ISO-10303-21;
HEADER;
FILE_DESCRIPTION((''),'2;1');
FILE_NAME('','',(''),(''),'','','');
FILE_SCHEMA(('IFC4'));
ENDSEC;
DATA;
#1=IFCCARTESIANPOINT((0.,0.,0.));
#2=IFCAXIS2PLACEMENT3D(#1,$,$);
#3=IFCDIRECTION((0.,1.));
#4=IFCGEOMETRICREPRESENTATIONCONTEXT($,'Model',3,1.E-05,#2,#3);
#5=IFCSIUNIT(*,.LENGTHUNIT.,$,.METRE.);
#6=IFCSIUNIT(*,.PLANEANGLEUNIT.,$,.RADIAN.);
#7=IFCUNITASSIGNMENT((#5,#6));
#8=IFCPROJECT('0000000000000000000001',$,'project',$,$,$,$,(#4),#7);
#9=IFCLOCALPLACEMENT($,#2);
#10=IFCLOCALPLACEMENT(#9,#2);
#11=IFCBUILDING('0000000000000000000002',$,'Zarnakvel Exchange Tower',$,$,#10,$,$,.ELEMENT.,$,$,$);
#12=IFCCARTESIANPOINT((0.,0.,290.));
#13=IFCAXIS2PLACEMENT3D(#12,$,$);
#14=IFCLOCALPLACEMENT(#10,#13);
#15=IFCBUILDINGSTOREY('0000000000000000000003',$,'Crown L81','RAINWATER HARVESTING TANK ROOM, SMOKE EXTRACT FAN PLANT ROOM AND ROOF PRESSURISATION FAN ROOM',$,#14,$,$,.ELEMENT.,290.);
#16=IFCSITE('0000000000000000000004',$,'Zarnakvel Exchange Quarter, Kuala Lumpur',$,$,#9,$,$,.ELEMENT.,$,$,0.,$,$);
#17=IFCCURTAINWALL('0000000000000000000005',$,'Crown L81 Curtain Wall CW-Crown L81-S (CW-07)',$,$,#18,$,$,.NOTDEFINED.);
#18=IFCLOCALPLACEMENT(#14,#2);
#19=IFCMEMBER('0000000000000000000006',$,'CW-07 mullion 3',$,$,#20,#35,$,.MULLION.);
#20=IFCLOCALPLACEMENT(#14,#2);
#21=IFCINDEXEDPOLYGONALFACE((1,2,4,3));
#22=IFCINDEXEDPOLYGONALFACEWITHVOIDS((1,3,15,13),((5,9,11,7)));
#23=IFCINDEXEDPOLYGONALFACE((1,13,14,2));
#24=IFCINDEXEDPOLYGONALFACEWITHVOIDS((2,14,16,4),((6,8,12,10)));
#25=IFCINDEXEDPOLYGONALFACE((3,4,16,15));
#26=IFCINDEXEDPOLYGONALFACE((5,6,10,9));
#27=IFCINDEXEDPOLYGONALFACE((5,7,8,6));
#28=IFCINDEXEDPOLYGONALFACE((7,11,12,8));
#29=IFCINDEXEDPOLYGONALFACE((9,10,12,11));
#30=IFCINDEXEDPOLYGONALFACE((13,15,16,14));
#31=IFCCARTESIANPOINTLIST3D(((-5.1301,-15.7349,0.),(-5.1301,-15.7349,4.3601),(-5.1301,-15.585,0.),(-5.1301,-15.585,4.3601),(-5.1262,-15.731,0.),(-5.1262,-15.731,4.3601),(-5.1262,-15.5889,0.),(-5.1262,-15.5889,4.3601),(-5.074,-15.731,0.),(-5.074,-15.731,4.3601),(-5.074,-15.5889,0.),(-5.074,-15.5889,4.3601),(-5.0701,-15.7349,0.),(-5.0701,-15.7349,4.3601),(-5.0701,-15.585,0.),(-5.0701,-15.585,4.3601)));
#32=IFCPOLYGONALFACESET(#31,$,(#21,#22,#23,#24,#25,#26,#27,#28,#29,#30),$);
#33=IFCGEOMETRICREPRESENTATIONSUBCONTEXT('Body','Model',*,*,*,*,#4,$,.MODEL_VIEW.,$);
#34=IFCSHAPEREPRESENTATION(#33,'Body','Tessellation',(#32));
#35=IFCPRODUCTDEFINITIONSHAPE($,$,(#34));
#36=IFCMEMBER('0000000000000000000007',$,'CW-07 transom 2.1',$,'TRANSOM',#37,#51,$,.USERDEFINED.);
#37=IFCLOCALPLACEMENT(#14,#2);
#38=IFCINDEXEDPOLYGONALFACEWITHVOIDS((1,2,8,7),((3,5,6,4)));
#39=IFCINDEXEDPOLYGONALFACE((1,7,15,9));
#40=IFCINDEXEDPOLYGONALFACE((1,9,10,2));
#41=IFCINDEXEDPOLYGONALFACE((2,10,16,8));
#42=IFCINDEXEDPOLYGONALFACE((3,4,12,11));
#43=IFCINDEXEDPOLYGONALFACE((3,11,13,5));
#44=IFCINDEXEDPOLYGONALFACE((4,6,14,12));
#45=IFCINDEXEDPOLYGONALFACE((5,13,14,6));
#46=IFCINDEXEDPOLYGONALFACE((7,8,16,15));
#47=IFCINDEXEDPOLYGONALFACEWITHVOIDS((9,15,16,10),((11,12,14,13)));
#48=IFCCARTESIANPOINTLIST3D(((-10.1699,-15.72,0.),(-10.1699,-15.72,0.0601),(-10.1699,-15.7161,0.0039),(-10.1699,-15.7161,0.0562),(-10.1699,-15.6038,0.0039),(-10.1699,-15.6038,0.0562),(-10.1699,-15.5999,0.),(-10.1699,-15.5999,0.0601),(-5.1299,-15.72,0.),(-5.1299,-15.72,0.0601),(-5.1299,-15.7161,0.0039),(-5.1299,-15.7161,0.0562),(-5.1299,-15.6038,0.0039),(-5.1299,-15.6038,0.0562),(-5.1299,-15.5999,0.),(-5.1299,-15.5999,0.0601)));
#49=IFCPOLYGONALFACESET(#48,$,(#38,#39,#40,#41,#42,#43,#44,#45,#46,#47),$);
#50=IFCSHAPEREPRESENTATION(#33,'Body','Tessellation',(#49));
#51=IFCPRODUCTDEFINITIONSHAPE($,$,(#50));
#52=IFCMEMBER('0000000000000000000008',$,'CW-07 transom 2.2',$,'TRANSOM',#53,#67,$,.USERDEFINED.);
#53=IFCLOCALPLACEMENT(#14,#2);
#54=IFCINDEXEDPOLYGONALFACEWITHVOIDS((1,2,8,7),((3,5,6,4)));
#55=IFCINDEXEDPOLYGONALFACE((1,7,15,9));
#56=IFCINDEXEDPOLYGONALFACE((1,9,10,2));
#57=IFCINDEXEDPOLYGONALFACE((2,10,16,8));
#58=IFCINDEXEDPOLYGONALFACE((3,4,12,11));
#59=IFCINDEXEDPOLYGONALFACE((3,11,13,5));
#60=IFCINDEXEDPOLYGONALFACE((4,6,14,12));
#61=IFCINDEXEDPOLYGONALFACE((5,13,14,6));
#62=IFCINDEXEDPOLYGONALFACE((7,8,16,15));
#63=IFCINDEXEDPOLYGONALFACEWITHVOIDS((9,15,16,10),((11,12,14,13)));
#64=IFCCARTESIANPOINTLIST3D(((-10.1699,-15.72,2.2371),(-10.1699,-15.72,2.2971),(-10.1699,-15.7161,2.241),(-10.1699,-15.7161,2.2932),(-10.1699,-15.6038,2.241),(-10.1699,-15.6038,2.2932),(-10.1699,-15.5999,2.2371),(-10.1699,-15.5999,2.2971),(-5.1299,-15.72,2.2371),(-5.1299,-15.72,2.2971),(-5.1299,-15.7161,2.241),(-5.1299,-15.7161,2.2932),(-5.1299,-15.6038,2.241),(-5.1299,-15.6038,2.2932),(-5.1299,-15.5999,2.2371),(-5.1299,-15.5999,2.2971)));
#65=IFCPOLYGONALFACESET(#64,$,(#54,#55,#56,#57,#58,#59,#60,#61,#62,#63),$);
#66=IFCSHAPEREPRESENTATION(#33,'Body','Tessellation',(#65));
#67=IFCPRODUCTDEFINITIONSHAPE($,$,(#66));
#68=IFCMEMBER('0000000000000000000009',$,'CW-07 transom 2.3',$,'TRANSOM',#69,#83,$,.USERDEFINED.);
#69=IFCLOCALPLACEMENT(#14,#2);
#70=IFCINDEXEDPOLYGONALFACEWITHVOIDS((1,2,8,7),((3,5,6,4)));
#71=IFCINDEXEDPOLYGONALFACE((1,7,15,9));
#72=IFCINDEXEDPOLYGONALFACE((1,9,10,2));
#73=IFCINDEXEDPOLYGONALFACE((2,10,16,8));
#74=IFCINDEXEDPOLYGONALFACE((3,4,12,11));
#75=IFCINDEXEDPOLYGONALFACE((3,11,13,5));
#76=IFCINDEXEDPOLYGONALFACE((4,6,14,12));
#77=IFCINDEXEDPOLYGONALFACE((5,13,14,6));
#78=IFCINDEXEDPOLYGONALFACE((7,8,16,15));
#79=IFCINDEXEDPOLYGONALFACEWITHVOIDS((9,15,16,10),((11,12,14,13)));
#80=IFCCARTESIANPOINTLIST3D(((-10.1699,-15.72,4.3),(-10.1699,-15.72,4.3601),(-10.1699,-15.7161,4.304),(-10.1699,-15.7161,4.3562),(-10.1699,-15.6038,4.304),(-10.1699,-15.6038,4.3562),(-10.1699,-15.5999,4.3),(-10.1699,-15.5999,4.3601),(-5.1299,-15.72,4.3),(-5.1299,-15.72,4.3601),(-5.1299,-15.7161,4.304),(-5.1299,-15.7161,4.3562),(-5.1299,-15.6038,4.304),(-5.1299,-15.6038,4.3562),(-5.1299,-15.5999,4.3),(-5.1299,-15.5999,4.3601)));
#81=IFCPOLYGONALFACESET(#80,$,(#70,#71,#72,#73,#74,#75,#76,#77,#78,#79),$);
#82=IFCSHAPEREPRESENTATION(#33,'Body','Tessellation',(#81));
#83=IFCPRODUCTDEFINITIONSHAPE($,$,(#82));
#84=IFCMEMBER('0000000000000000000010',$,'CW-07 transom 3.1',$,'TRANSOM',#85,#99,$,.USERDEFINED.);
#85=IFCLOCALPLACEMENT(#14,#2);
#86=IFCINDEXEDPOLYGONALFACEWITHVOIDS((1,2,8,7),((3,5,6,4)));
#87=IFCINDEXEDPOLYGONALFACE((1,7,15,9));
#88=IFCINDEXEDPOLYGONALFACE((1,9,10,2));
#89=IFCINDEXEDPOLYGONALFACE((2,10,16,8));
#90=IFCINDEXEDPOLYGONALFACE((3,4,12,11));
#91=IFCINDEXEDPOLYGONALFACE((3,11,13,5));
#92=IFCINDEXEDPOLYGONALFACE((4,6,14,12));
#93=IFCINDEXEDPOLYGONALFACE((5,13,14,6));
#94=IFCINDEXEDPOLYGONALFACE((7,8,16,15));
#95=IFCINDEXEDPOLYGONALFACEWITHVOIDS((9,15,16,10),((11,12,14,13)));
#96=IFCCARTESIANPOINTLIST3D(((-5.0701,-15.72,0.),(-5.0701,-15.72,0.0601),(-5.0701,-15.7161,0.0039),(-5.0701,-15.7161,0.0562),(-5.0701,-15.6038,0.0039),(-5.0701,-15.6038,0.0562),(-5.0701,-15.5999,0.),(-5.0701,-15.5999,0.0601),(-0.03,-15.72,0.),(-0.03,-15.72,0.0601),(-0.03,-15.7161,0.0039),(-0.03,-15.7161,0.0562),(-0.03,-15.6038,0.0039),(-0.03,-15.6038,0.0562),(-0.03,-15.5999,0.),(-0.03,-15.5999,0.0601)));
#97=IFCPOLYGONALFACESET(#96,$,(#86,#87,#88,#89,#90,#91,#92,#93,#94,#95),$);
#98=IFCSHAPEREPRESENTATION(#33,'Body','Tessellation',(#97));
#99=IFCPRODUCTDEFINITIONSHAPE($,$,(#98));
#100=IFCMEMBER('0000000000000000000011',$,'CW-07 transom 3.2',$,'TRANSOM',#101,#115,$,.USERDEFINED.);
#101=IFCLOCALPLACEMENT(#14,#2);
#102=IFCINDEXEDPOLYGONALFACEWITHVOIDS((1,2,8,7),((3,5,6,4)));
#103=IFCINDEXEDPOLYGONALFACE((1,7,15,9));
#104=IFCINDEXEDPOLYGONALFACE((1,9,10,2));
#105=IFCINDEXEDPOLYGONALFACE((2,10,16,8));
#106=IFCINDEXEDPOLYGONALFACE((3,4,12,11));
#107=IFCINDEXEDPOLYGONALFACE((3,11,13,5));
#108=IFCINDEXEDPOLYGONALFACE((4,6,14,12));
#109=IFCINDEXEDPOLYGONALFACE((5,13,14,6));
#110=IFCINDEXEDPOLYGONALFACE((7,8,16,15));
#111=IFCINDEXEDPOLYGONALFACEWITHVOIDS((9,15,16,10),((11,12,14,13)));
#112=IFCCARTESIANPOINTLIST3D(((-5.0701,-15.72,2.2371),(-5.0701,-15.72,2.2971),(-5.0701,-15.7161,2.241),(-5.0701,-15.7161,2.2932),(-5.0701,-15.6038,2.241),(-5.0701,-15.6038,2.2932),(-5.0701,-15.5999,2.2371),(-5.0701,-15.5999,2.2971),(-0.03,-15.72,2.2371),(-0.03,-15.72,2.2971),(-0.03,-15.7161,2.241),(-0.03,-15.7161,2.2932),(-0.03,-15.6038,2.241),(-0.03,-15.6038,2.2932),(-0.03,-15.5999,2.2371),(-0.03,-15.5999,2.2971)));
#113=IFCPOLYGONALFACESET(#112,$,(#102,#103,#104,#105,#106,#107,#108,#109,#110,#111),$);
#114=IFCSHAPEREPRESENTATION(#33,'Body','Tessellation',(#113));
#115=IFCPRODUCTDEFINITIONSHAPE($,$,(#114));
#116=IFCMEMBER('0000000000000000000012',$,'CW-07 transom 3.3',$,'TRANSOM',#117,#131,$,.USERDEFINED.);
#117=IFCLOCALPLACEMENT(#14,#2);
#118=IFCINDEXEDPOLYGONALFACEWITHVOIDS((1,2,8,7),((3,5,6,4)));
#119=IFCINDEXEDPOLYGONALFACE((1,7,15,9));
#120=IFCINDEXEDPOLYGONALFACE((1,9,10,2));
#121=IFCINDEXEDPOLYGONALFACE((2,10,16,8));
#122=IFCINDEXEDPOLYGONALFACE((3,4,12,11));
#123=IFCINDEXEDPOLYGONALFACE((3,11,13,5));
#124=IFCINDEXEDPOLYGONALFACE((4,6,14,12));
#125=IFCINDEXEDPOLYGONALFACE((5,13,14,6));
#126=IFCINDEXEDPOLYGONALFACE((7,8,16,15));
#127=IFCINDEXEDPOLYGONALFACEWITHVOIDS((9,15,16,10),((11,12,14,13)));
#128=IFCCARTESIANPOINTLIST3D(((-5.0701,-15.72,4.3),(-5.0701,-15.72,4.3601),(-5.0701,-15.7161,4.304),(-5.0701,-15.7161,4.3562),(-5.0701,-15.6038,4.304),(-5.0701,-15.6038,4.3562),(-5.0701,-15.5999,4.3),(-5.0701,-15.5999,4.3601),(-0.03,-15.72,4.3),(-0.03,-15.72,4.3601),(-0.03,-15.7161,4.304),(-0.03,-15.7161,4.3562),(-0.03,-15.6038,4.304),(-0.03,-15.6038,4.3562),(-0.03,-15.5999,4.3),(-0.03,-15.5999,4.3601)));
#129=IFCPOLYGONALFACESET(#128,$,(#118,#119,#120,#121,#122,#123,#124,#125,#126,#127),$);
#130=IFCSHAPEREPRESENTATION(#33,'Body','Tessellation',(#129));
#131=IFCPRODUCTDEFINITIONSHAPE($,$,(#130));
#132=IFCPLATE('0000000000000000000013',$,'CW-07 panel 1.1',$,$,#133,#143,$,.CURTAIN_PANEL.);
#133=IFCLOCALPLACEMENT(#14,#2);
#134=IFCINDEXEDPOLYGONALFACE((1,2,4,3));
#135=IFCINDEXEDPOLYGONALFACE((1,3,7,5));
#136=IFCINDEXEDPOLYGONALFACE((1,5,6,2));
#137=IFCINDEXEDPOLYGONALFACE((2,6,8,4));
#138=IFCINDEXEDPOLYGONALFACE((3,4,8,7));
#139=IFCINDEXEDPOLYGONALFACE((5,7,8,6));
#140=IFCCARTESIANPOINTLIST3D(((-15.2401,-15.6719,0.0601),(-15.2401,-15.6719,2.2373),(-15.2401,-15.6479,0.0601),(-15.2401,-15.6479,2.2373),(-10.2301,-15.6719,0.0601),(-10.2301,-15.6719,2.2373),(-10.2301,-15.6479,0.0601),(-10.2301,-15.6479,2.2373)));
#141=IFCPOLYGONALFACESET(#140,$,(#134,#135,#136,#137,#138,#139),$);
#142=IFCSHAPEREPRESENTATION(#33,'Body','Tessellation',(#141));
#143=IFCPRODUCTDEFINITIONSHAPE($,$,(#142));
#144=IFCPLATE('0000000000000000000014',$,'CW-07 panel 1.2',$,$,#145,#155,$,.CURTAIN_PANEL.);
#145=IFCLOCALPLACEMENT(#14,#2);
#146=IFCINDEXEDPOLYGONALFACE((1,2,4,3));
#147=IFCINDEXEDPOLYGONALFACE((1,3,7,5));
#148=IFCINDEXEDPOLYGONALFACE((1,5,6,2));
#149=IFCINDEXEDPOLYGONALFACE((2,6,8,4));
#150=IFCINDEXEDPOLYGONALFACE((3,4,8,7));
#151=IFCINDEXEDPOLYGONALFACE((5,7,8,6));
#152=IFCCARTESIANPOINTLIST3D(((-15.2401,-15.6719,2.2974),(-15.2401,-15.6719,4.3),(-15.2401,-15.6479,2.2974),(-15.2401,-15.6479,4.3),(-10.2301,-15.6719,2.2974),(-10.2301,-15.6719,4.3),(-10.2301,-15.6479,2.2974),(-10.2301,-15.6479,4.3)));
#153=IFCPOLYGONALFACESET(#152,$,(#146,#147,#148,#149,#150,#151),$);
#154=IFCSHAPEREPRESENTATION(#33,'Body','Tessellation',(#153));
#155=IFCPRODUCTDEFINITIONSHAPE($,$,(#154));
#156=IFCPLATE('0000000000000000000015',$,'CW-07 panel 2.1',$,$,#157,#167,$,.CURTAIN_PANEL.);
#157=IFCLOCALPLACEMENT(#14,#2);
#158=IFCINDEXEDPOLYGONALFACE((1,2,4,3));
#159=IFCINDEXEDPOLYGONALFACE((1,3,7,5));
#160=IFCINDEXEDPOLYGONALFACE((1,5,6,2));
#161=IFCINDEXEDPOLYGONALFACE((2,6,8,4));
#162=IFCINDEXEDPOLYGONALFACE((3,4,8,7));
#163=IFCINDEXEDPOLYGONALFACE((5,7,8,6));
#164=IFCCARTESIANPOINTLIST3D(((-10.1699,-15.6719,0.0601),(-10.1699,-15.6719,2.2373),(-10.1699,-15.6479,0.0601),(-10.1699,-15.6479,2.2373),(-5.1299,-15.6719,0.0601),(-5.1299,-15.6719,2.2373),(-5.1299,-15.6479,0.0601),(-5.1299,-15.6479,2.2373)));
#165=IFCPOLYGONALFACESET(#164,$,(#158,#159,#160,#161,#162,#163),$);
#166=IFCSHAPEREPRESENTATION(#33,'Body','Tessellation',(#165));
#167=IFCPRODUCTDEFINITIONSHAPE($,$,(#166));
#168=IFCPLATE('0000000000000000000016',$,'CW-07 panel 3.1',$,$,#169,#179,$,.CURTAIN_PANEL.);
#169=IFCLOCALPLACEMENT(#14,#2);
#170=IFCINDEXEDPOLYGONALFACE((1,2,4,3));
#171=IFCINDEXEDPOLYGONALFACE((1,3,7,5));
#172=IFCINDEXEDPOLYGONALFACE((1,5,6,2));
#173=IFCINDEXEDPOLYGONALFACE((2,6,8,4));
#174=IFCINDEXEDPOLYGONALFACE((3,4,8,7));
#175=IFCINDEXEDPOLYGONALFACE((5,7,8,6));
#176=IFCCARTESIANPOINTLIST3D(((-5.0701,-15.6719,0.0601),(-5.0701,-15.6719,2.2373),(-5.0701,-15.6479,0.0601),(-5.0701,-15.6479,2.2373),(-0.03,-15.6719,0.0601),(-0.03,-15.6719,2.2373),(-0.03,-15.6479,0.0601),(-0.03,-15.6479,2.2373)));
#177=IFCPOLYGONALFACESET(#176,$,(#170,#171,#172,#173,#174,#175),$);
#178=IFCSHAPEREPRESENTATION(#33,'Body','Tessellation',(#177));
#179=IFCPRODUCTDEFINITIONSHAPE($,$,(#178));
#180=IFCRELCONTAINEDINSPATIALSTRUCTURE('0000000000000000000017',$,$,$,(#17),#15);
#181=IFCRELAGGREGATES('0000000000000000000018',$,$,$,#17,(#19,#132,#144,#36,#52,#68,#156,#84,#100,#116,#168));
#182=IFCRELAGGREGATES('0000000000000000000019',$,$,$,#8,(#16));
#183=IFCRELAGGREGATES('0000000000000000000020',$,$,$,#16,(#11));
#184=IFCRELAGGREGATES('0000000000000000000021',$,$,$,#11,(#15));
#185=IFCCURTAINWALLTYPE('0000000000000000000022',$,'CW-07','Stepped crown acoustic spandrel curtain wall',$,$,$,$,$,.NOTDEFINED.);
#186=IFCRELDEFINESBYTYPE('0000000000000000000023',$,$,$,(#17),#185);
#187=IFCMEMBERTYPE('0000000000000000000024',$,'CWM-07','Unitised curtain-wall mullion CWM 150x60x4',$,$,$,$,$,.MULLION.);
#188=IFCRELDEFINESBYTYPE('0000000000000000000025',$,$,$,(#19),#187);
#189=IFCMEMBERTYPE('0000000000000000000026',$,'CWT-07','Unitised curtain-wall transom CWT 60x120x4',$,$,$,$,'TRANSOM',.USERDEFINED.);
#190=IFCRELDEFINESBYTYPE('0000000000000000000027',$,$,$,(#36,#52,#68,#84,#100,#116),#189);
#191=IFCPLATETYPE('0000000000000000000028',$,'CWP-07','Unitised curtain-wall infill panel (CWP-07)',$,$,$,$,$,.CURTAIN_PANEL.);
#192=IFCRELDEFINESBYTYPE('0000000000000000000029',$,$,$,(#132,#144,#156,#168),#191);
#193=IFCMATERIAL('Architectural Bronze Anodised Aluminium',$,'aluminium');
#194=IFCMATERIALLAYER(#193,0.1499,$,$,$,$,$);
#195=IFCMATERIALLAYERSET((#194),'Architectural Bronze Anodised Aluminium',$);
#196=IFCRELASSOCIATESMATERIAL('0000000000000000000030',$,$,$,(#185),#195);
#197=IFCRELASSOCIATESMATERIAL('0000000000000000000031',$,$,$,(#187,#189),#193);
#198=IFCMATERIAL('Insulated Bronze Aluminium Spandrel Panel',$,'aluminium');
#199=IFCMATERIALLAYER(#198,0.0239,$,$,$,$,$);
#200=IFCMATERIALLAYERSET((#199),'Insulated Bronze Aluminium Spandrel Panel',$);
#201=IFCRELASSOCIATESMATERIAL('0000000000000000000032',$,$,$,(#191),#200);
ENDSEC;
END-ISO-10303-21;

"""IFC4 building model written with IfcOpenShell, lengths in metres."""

from ifc_helpers import new_model, si_unit, direction, frame, origin, origin_2d, place, context, subcontext, project, spatial, rectangle, hollow_rectangle, extrude, source, transform, mapped, material, layer, layer_set, material_profile, profile_set, type_object, element, aggregate, save


model = new_model("IFC4")

# Units and contexts
model_context = context("Model", 3, precision=1e-05, world=origin(), true_north=direction((0.0, 1.0)))
body_context = subcontext(model_context, "Body", "Model", "MODEL_VIEW")
ifc_project = project(units=[si_unit("LENGTHUNIT", "METRE"), si_unit("PLANEANGLEUNIT", "RADIAN")], contexts=[model_context])

# Site, building, storey
site_placement = place(None, origin())
site = spatial("IfcSite", under=ifc_project, at=site_placement, Name="Zarnakvel Exchange Quarter, Kuala Lumpur", CompositionType="ELEMENT", RefElevation=0.0)
building_placement = place(site_placement, origin())
building = spatial("IfcBuilding", under=site, at=building_placement, Name="Zarnakvel Exchange Tower", CompositionType="ELEMENT")
storey_placement = place(building_placement, frame((0.0, 0.0, 290.0)))
storey = spatial("IfcBuildingStorey", under=building, at=storey_placement, Name="Crown L81", Description="RAINWATER HARVESTING TANK ROOM, SMOKE EXTRACT FAN PLANT ROOM AND ROOF PRESSURISATION FAN ROOM", CompositionType="ELEMENT", Elevation=290.0)

# Curtain wall, members, plates
ifc_material_1 = material(Name="Architectural Bronze Anodised Aluminium", Category="aluminium")
ifc_layer_1 = layer(ifc_material_1, 0.1499)
ifc_layer_set_1 = layer_set([ifc_layer_1], Name="Architectural Bronze Anodised Aluminium")
curtain_wall_type = type_object("IfcCurtainWallType", Name="CW-07", Description="Stepped crown acoustic spandrel curtain wall", PredefinedType="NOTDEFINED", material=ifc_layer_set_1)
curtain_wall_placement = place(storey_placement, origin())
curtain_wall = element("IfcCurtainWall", 1, at=curtain_wall_placement, inside=storey, type_object=curtain_wall_type, Name="Crown L81 Curtain Wall CW-Crown L81-S (CW-07)", PredefinedType="NOTDEFINED")
ifc_material_profile_1 = material_profile(ifc_material_1, hollow_rectangle(XDim=0.1499, YDim=0.0601, WallThickness=0.0039, at=origin_2d()))
ifc_profile_set_1 = profile_set([ifc_material_profile_1], Name="Architectural Bronze Anodised Aluminium")
member_type_1 = type_object("IfcMemberType", Name="CWM-07", Description="Unitised curtain-wall mullion CWM 150x60x4", PredefinedType="MULLION", material=ifc_profile_set_1)
shared_shape_1 = source(origin(), body_context, "Body", "SweptSolid", [
    extrude(hollow_rectangle(XDim=0.1499, YDim=0.0601, WallThickness=0.0039, at=origin_2d()), origin(), (0.0, 0.0, 1.0), 4.3601),
])
member_1_placement = place(storey_placement, frame((-5.1001, -15.6599, 0.0), z_axis=(0.0, 0.0, 1.0), x_axis=(0.0, 1.0, 0.0)))
member_1 = element("IfcMember", 2, at=member_1_placement, type_object=member_type_1, Name="CW-07 mullion 3", PredefinedType="MULLION", context=body_context, shape_type="MappedRepresentation", body=[
    mapped(shared_shape_1, transform((0.0, 0.0, 0.0), x_axis=(1.0, 0.0, 0.0), y_axis=(0.0, 1.0, 0.0), z_axis=(0.0, 0.0, 1.0), scale=1.0)),
])
ifc_material_profile_2 = material_profile(ifc_material_1, hollow_rectangle(XDim=0.1201, YDim=0.0601, WallThickness=0.0039, at=origin_2d()))
ifc_profile_set_2 = profile_set([ifc_material_profile_2], Name="Architectural Bronze Anodised Aluminium")
member_type_2 = type_object("IfcMemberType", Name="CWT-07", Description="Unitised curtain-wall transom CWT 60x120x4", ElementType="TRANSOM", PredefinedType="USERDEFINED", material=ifc_profile_set_2)
shared_shape_2 = source(origin(), body_context, "Body", "SweptSolid", [
    extrude(hollow_rectangle(XDim=0.1201, YDim=0.0601, WallThickness=0.0039, at=origin_2d()), origin(), (0.0, 0.0, 1.0), 5.04),
])
member_2_placement = place(storey_placement, frame((-10.1699, -15.6599, 0.03), z_axis=(1.0, 0.0, 0.0), x_axis=(0.0, 1.0, 0.0)))
member_2 = element("IfcMember", 3, at=member_2_placement, type_object=member_type_2, Name="CW-07 transom 2.1", ObjectType="TRANSOM", PredefinedType="USERDEFINED", context=body_context, shape_type="MappedRepresentation", body=[
    mapped(shared_shape_2, transform((0.0, 0.0, 0.0), x_axis=(1.0, 0.0, 0.0), y_axis=(0.0, 1.0, 0.0), z_axis=(0.0, 0.0, 1.0), scale=1.0)),
])
member_3_placement = place(storey_placement, frame((-10.1699, -15.6599, 2.2671), z_axis=(1.0, 0.0, 0.0), x_axis=(0.0, 1.0, 0.0)))
member_3 = element("IfcMember", 4, at=member_3_placement, type_object=member_type_2, Name="CW-07 transom 2.2", ObjectType="TRANSOM", PredefinedType="USERDEFINED", context=body_context, shape_type="MappedRepresentation", body=[
    mapped(shared_shape_2, transform((0.0, 0.0, 0.0), x_axis=(1.0, 0.0, 0.0), y_axis=(0.0, 1.0, 0.0), z_axis=(0.0, 0.0, 1.0), scale=1.0)),
])
member_4_placement = place(storey_placement, frame((-10.1699, -15.6599, 4.3301), z_axis=(1.0, 0.0, 0.0), x_axis=(0.0, 1.0, 0.0)))
member_4 = element("IfcMember", 5, at=member_4_placement, type_object=member_type_2, Name="CW-07 transom 2.3", ObjectType="TRANSOM", PredefinedType="USERDEFINED", context=body_context, shape_type="MappedRepresentation", body=[
    mapped(shared_shape_2, transform((0.0, 0.0, 0.0), x_axis=(1.0, 0.0, 0.0), y_axis=(0.0, 1.0, 0.0), z_axis=(0.0, 0.0, 1.0), scale=1.0)),
])
member_5_placement = place(storey_placement, frame((-5.0701, -15.6599, 0.03), z_axis=(1.0, 0.0, 0.0), x_axis=(0.0, 1.0, 0.0)))
member_5 = element("IfcMember", 6, at=member_5_placement, type_object=member_type_2, Name="CW-07 transom 3.1", ObjectType="TRANSOM", PredefinedType="USERDEFINED", context=body_context, shape_type="MappedRepresentation", body=[
    mapped(shared_shape_2, transform((0.0, 0.0, 0.0), x_axis=(1.0, 0.0, 0.0), y_axis=(0.0, 1.0, 0.0), z_axis=(0.0, 0.0, 1.0), scale=1.0)),
])
member_6_placement = place(storey_placement, frame((-5.0701, -15.6599, 2.2671), z_axis=(1.0, 0.0, 0.0), x_axis=(0.0, 1.0, 0.0)))
member_6 = element("IfcMember", 7, at=member_6_placement, type_object=member_type_2, Name="CW-07 transom 3.2", ObjectType="TRANSOM", PredefinedType="USERDEFINED", context=body_context, shape_type="MappedRepresentation", body=[
    mapped(shared_shape_2, transform((0.0, 0.0, 0.0), x_axis=(1.0, 0.0, 0.0), y_axis=(0.0, 1.0, 0.0), z_axis=(0.0, 0.0, 1.0), scale=1.0)),
])
member_7_placement = place(storey_placement, frame((-5.0701, -15.6599, 4.3301), z_axis=(1.0, 0.0, 0.0), x_axis=(0.0, 1.0, 0.0)))
member_7 = element("IfcMember", 8, at=member_7_placement, type_object=member_type_2, Name="CW-07 transom 3.3", ObjectType="TRANSOM", PredefinedType="USERDEFINED", context=body_context, shape_type="MappedRepresentation", body=[
    mapped(shared_shape_2, transform((0.0, 0.0, 0.0), x_axis=(1.0, 0.0, 0.0), y_axis=(0.0, 1.0, 0.0), z_axis=(0.0, 0.0, 1.0), scale=1.0)),
])
ifc_material_2 = material(Name="Insulated Bronze Aluminium Spandrel Panel", Category="aluminium")
ifc_layer_2 = layer(ifc_material_2, 0.0239)
ifc_layer_set_2 = layer_set([ifc_layer_2], Name="Insulated Bronze Aluminium Spandrel Panel")
plate_type = type_object("IfcPlateType", Name="CWP-07", Description="Unitised curtain-wall infill panel (CWP-07)", PredefinedType="CURTAIN_PANEL", material=ifc_layer_set_2)
shared_shape_3 = source(origin(), body_context, "Body", "SweptSolid", [
    extrude(rectangle(XDim=5.01, YDim=0.0239, at=origin_2d()), origin(), (0.0, 0.0, 1.0), 2.1772),
])
plate_1_placement = place(storey_placement, frame((-12.7351, -15.6599, 0.0601), z_axis=(0.0, 0.0, 1.0), x_axis=(1.0, 0.0, 0.0)))
plate_1 = element("IfcPlate", 9, at=plate_1_placement, type_object=plate_type, Name="CW-07 panel 1.1", PredefinedType="CURTAIN_PANEL", context=body_context, shape_type="MappedRepresentation", body=[
    mapped(shared_shape_3, transform((0.0, 0.0, 0.0), x_axis=(1.0, 0.0, 0.0), y_axis=(0.0, 1.0, 0.0), z_axis=(0.0, 0.0, 1.0), scale=1.0)),
])
shared_shape_4 = source(origin(), body_context, "Body", "SweptSolid", [
    extrude(rectangle(XDim=5.01, YDim=0.0239, at=origin_2d()), origin(), (0.0, 0.0, 1.0), 2.0027),
])
plate_2_placement = place(storey_placement, frame((-12.7351, -15.6599, 2.2974), z_axis=(0.0, 0.0, 1.0), x_axis=(1.0, 0.0, 0.0)))
plate_2 = element("IfcPlate", 10, at=plate_2_placement, type_object=plate_type, Name="CW-07 panel 1.2", PredefinedType="CURTAIN_PANEL", context=body_context, shape_type="MappedRepresentation", body=[
    mapped(shared_shape_4, transform((0.0, 0.0, 0.0), x_axis=(1.0, 0.0, 0.0), y_axis=(0.0, 1.0, 0.0), z_axis=(0.0, 0.0, 1.0), scale=1.0)),
])
shared_shape_5 = source(origin(), body_context, "Body", "SweptSolid", [
    extrude(rectangle(XDim=5.04, YDim=0.0239, at=origin_2d()), origin(), (0.0, 0.0, 1.0), 2.1772),
])
plate_3_placement = place(storey_placement, frame((-7.6499, -15.6599, 0.0601), z_axis=(0.0, 0.0, 1.0), x_axis=(1.0, 0.0, 0.0)))
plate_3 = element("IfcPlate", 11, at=plate_3_placement, type_object=plate_type, Name="CW-07 panel 2.1", PredefinedType="CURTAIN_PANEL", context=body_context, shape_type="MappedRepresentation", body=[
    mapped(shared_shape_5, transform((0.0, 0.0, 0.0), x_axis=(1.0, 0.0, 0.0), y_axis=(0.0, 1.0, 0.0), z_axis=(0.0, 0.0, 1.0), scale=1.0)),
])
plate_4_placement = place(storey_placement, frame((-2.55, -15.6599, 0.0601), z_axis=(0.0, 0.0, 1.0), x_axis=(1.0, 0.0, 0.0)))
plate_4 = element("IfcPlate", 12, at=plate_4_placement, type_object=plate_type, Name="CW-07 panel 3.1", PredefinedType="CURTAIN_PANEL", context=body_context, shape_type="MappedRepresentation", body=[
    mapped(shared_shape_5, transform((0.0, 0.0, 0.0), x_axis=(1.0, 0.0, 0.0), y_axis=(0.0, 1.0, 0.0), z_axis=(0.0, 0.0, 1.0), scale=1.0)),
])
aggregate(curtain_wall, [member_1, plate_1, plate_2, member_2, member_3, member_4, plate_3, member_5, member_6, member_7, plate_4])

save(model, "model.ifc")
